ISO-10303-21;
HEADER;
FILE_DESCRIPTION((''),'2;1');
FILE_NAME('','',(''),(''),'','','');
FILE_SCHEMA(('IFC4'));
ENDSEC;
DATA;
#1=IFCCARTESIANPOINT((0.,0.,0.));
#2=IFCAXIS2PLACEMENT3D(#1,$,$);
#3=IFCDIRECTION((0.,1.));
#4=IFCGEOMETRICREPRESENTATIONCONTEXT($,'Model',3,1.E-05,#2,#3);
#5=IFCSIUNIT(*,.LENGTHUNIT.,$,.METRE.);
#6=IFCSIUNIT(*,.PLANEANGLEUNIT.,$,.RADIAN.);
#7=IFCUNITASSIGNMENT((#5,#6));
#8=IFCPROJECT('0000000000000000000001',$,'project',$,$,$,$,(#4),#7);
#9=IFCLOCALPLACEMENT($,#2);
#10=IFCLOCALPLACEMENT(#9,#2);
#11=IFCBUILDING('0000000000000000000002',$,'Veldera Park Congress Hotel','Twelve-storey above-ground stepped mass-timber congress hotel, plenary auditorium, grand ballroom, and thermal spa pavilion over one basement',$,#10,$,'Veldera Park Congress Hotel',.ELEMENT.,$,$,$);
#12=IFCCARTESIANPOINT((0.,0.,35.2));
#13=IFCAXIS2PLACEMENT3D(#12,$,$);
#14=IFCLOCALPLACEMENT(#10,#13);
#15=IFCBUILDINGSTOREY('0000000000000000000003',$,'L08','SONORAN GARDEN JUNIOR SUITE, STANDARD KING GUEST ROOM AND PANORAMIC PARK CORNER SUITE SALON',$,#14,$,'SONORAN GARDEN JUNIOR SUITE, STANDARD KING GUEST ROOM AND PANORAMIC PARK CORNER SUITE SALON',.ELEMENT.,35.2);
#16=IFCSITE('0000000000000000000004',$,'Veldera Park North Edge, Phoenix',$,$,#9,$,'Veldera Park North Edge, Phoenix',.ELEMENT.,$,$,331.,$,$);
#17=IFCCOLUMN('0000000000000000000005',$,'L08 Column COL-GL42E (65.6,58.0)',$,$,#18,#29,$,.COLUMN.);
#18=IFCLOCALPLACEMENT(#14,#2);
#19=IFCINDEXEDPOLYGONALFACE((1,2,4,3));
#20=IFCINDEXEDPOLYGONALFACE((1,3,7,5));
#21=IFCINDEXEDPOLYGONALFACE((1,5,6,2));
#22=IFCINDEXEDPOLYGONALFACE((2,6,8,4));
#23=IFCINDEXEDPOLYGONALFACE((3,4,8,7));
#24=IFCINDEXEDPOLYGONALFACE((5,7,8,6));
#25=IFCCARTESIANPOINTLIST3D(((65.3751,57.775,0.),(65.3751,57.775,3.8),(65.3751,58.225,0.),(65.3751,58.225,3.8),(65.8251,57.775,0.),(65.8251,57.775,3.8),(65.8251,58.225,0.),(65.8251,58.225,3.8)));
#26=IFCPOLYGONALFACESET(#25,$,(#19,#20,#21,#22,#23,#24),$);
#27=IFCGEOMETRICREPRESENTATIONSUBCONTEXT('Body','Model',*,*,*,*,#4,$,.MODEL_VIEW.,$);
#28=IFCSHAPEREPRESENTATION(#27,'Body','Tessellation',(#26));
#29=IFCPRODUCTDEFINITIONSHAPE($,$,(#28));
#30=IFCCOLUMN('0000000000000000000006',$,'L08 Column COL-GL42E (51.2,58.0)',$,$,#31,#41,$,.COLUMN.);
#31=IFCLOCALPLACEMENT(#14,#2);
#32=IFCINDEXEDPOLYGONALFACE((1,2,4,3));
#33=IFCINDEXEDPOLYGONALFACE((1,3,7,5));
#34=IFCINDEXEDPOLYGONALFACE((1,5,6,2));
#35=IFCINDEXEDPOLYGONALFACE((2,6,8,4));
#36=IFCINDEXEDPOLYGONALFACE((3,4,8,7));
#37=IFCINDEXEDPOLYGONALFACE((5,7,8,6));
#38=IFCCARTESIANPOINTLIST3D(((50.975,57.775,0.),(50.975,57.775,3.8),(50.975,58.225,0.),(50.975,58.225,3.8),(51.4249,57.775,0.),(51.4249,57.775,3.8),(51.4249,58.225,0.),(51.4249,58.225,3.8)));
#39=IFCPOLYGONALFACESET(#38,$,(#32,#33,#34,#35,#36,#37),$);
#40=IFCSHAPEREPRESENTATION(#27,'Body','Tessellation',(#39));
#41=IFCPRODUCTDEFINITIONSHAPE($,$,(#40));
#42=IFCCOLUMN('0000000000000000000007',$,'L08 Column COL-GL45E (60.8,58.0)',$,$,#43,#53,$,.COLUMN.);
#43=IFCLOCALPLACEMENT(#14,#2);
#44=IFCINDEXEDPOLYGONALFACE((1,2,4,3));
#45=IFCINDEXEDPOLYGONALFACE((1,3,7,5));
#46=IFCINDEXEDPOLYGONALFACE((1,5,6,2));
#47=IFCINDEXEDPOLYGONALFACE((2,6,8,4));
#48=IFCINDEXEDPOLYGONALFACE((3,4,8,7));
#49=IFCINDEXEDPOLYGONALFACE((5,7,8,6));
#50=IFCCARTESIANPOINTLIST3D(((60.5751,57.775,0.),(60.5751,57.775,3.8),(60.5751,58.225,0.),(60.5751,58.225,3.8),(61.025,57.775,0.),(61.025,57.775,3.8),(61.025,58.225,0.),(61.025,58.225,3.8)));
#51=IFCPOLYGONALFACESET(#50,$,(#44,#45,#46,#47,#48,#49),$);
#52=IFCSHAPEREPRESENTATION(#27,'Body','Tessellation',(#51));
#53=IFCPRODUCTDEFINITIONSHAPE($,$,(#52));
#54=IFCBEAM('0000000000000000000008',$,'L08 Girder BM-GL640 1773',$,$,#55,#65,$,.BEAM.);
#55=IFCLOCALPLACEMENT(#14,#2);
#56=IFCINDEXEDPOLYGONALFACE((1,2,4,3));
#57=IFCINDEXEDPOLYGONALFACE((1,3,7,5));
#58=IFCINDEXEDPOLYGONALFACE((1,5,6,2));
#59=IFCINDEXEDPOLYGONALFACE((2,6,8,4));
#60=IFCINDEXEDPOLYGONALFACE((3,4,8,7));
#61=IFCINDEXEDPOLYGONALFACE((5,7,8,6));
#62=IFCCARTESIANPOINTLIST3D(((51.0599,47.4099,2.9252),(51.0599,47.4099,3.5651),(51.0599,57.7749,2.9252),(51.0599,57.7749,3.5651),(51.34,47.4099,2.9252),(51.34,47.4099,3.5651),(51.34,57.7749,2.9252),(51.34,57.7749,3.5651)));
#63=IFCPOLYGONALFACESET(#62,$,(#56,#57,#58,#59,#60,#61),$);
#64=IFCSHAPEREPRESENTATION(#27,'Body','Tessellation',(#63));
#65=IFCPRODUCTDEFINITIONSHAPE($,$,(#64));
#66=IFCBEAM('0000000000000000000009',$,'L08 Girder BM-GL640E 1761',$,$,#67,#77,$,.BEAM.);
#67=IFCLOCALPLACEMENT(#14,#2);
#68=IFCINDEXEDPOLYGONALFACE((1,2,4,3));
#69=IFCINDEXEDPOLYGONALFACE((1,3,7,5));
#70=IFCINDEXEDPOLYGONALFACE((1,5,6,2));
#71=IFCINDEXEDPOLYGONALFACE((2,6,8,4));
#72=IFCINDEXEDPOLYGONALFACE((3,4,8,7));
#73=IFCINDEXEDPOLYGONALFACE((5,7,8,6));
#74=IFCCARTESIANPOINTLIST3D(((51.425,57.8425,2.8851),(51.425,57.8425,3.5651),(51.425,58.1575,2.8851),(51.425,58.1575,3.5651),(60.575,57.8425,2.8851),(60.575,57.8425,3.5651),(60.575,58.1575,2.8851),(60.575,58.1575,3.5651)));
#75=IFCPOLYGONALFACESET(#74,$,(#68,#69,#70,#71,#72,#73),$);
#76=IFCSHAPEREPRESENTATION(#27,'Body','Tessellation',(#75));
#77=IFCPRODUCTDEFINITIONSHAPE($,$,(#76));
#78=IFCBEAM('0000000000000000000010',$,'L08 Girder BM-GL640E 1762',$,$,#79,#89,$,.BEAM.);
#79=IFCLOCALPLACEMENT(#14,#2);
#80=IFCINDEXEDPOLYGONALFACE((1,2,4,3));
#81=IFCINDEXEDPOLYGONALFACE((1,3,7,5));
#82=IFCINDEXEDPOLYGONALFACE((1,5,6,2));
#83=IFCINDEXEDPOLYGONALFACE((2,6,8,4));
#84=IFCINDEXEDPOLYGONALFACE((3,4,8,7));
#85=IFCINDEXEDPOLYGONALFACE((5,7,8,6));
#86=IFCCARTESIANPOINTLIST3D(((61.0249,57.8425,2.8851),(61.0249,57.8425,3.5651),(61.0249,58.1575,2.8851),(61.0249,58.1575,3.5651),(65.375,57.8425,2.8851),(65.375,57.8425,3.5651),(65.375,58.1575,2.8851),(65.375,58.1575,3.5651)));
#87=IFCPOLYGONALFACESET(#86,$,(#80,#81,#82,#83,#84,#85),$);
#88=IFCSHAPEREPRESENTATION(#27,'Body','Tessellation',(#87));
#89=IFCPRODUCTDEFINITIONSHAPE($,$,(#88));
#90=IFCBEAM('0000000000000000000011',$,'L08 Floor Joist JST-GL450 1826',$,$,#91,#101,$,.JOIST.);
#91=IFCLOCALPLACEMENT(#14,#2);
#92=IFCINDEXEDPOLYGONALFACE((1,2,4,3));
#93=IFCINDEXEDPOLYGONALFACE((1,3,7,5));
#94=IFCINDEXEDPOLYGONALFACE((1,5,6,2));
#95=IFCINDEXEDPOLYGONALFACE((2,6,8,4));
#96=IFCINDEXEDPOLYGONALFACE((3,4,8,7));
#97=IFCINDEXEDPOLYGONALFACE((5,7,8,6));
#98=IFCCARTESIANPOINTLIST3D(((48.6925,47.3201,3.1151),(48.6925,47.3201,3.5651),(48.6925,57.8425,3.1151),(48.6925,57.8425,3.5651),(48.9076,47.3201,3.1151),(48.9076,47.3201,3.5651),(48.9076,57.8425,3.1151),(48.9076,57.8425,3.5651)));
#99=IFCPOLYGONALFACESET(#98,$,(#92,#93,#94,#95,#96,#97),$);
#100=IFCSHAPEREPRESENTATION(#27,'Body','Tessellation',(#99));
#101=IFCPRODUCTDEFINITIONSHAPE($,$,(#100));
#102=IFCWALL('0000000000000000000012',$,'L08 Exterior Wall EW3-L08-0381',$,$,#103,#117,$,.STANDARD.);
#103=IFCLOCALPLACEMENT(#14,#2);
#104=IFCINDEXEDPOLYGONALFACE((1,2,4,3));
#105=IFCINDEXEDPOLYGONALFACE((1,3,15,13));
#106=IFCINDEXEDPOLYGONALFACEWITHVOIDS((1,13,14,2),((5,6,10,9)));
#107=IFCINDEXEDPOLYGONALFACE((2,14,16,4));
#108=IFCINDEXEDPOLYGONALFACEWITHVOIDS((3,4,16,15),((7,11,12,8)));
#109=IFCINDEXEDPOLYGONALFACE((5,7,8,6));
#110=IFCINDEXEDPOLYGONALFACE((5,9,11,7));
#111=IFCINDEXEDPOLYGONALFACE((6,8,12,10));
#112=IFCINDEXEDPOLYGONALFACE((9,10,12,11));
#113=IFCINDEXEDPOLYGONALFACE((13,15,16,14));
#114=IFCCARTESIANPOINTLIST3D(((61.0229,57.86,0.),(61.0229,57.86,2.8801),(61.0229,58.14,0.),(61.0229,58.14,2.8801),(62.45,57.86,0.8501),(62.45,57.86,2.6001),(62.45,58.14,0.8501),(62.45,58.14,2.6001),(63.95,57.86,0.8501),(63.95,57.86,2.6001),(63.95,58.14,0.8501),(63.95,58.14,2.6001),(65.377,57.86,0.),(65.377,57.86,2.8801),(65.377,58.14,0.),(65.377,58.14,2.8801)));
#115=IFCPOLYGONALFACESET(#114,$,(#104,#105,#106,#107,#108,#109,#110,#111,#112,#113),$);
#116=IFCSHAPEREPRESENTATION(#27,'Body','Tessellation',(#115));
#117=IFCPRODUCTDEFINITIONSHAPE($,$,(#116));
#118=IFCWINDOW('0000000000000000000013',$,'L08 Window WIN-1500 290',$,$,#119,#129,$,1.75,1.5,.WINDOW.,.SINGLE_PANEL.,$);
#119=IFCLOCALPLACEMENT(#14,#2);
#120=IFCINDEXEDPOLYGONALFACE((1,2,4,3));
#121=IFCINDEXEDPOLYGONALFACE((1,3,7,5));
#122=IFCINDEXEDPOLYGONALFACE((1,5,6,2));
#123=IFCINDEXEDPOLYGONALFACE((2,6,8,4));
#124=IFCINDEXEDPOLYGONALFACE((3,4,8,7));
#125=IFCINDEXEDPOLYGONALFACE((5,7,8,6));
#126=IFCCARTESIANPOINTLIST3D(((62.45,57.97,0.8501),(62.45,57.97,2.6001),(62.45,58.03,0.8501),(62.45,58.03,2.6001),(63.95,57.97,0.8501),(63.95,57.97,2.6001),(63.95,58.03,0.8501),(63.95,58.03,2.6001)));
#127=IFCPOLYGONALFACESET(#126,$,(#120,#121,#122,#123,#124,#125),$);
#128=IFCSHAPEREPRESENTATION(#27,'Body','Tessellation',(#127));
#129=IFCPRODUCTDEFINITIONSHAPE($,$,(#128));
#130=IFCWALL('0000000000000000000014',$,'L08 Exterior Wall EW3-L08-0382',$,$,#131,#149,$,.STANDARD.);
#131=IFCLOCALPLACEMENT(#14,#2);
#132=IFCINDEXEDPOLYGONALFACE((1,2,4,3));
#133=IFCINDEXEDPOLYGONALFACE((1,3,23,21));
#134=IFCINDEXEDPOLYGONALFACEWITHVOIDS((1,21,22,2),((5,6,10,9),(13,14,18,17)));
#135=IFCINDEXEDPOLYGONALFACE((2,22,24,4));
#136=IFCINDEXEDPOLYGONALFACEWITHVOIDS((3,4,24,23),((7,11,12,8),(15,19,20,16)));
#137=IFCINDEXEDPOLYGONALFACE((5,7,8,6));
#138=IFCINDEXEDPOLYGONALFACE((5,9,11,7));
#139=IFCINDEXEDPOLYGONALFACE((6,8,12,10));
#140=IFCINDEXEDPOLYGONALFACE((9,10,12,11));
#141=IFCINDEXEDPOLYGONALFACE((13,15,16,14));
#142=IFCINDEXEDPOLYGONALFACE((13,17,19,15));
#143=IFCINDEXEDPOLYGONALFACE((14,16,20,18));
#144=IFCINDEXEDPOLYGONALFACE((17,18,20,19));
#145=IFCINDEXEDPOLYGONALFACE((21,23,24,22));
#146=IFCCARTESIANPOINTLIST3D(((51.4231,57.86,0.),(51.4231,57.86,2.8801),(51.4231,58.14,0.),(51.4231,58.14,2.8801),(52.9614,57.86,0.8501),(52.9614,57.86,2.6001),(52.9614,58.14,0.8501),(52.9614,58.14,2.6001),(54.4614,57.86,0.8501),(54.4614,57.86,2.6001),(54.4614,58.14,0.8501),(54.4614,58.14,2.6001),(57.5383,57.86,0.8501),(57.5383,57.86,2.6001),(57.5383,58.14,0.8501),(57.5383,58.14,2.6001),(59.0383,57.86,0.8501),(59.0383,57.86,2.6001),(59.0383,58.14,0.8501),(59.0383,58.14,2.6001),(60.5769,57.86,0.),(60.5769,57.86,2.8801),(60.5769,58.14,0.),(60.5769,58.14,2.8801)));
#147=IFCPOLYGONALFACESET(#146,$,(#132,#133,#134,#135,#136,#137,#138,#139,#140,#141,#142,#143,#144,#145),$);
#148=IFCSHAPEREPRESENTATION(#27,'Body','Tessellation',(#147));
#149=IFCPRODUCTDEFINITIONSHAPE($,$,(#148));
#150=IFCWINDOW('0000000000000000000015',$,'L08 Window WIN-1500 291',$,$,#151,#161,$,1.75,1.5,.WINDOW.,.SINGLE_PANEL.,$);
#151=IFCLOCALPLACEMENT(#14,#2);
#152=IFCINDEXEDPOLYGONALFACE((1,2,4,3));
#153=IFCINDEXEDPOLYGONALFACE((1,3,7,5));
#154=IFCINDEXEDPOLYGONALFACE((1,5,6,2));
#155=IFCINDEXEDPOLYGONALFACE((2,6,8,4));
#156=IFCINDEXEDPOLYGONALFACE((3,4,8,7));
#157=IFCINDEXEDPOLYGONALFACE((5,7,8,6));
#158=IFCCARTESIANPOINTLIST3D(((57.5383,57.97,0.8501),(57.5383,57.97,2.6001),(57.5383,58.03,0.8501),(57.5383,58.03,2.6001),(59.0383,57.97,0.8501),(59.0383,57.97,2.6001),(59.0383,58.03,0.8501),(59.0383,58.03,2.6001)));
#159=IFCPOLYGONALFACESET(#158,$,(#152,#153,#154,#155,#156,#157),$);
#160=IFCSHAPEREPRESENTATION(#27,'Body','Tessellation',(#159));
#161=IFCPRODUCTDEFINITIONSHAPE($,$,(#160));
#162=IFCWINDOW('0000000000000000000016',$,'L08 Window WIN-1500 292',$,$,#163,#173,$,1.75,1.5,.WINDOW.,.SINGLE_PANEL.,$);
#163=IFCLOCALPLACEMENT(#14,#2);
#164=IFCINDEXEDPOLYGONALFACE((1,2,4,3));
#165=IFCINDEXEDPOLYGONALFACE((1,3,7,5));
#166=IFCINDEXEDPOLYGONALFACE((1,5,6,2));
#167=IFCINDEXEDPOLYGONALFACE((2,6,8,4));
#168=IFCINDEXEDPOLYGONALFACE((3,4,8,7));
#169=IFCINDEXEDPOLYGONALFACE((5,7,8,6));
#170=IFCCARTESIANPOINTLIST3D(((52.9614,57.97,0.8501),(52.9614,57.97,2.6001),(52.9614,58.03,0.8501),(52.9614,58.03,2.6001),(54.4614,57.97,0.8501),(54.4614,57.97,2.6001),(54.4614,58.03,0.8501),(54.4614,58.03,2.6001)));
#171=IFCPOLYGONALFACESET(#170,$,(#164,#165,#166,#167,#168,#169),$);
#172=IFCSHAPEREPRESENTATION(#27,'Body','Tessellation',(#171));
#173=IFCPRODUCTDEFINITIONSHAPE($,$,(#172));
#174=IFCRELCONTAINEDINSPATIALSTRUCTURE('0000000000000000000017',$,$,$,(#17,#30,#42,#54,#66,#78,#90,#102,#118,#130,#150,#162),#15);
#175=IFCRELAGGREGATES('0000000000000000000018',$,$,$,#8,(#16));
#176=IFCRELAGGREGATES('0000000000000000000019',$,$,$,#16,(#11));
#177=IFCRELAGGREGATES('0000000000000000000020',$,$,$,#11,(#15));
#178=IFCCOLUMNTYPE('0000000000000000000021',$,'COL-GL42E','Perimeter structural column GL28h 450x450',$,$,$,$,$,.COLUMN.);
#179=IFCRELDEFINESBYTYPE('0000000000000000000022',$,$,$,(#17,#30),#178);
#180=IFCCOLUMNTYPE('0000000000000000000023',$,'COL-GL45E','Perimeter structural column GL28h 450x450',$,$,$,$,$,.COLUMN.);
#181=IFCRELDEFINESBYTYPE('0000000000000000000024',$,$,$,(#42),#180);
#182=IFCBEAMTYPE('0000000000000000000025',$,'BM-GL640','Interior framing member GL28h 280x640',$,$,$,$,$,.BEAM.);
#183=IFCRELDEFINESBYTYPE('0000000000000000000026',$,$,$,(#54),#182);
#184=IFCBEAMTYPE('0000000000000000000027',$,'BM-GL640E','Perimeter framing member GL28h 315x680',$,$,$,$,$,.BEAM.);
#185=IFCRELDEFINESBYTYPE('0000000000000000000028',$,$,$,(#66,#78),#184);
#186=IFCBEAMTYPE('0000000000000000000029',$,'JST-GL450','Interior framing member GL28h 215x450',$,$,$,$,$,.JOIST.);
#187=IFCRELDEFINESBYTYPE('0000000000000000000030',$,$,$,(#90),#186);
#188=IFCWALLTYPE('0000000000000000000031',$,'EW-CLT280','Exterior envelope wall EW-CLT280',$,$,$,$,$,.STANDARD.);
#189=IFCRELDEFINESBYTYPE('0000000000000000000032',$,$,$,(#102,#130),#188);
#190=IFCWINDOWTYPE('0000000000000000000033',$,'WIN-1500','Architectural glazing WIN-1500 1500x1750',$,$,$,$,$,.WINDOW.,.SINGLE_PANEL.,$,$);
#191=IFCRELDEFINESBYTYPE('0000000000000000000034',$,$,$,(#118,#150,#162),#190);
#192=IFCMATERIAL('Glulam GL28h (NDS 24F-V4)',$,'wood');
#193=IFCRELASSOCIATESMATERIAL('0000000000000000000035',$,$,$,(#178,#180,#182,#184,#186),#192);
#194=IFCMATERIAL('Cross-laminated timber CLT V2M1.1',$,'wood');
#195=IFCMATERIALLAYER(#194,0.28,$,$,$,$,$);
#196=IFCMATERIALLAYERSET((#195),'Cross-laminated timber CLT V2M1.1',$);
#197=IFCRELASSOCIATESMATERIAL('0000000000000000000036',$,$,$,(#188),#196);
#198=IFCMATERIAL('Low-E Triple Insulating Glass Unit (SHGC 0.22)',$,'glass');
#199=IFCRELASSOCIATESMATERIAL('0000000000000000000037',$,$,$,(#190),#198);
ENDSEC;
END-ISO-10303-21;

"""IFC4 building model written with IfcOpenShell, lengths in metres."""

from ifc_helpers import new_model, si_unit, direction, frame, frame_2d, origin, origin_2d, place, context, subcontext, project, spatial, rectangle, extrude, material, layer, layer_set, material_profile, profile_set, type_object, element, fill, save


model = new_model("IFC4")

# Units and contexts
model_context = context("Model", 3, precision=1e-05, world=origin(), true_north=direction((0.0, 1.0)))
body_context = subcontext(model_context, "Body", "Model", "MODEL_VIEW")
ifc_project = project(units=[si_unit("LENGTHUNIT", "METRE"), si_unit("PLANEANGLEUNIT", "RADIAN")], contexts=[model_context])

# Site, building, storey
site_placement = place(None, origin())
site = spatial("IfcSite", under=ifc_project, at=site_placement, Name="Veldera Park North Edge, Phoenix", LongName="Veldera Park North Edge, Phoenix", CompositionType="ELEMENT", RefElevation=331.0)
building_placement = place(site_placement, origin())
building = spatial("IfcBuilding", under=site, at=building_placement, Name="Veldera Park Congress Hotel", Description="Twelve-storey above-ground stepped mass-timber congress hotel, plenary auditorium, grand ballroom, and thermal spa pavilion over one basement", LongName="Veldera Park Congress Hotel", CompositionType="ELEMENT")
storey_placement = place(building_placement, frame((0.0, 0.0, 35.2)))
storey = spatial("IfcBuildingStorey", under=building, at=storey_placement, Name="L08", Description="SONORAN GARDEN JUNIOR SUITE, STANDARD KING GUEST ROOM AND PANORAMIC PARK CORNER SUITE SALON", LongName="SONORAN GARDEN JUNIOR SUITE, STANDARD KING GUEST ROOM AND PANORAMIC PARK CORNER SUITE SALON", CompositionType="ELEMENT", Elevation=35.2)

# Columns
ifc_material_1 = material(Name="Glulam GL28h (NDS 24F-V4)", Category="wood")
ifc_material_profile_1 = material_profile(ifc_material_1, rectangle(XDim=0.45, YDim=0.45, at=origin_2d()), Name="GL28h 450x450")
ifc_profile_set_1 = profile_set([ifc_material_profile_1], Name="Glulam GL28h (NDS 24F-V4)")
column_type_1 = type_object("IfcColumnType", Name="COL-GL42E", Description="Perimeter structural column GL28h 450x450", PredefinedType="COLUMN", material=ifc_profile_set_1)
for number, where, z_axis, x_axis, name in (
    (1, (65.6001, 58.0, 0.0), (0.0, 0.0, 1.0), (1.0, 0.0, 0.0), "L08 Column COL-GL42E (65.6,58.0)"),
    (2, (51.2, 58.0, 0.0), (0.0, 0.0, 1.0), (1.0, 0.0, 0.0), "L08 Column COL-GL42E (51.2,58.0)"),
):
    element("IfcColumn", number, at=place(storey_placement, frame(where, z_axis=z_axis, x_axis=x_axis)), inside=storey, type_object=column_type_1, Name=name, PredefinedType="COLUMN", context=body_context, shape_type="SweptSolid", body=[
        extrude(rectangle(XDim=0.45, YDim=0.45, at=origin_2d()), origin(), (0.0, 0.0, 1.0), 3.8),
    ])
ifc_material_profile_2 = material_profile(ifc_material_1, rectangle(XDim=0.45, YDim=0.45, at=origin_2d()), Name="GL28h 450x450")
ifc_profile_set_2 = profile_set([ifc_material_profile_2], Name="Glulam GL28h (NDS 24F-V4)")
column_type_2 = type_object("IfcColumnType", Name="COL-GL45E", Description="Perimeter structural column GL28h 450x450", PredefinedType="COLUMN", material=ifc_profile_set_2)
column_placement = place(storey_placement, frame((60.8, 58.0, 0.0), z_axis=(0.0, 0.0, 1.0), x_axis=(1.0, 0.0, 0.0)))
element("IfcColumn", 3, at=column_placement, inside=storey, type_object=column_type_2, Name="L08 Column COL-GL45E (60.8,58.0)", PredefinedType="COLUMN", context=body_context, shape_type="SweptSolid", body=[
    extrude(rectangle(XDim=0.45, YDim=0.45, at=origin_2d()), origin(), (0.0, 0.0, 1.0), 3.8),
])

# Beams
ifc_material_profile_3 = material_profile(ifc_material_1, rectangle(XDim=0.28, YDim=0.6399, at=origin_2d()), Name="GL28h 280x640")
ifc_profile_set_3 = profile_set([ifc_material_profile_3], Name="Glulam GL28h (NDS 24F-V4)")
beam_type_1 = type_object("IfcBeamType", Name="BM-GL640", Description="Interior framing member GL28h 280x640", PredefinedType="BEAM", material=ifc_profile_set_3)
beam_1_placement = place(storey_placement, frame((51.2, 47.4099, 3.2451), z_axis=(0.0, 1.0, 0.0), x_axis=(-1.0, 0.0, 0.0)))
element("IfcBeam", 4, at=beam_1_placement, inside=storey, type_object=beam_type_1, Name="L08 Girder BM-GL640 1773", PredefinedType="BEAM", context=body_context, shape_type="SweptSolid", body=[
    extrude(rectangle(XDim=0.28, YDim=0.6399, at=origin_2d()), origin(), (0.0, 0.0, 1.0), 10.365),
])
ifc_material_profile_4 = material_profile(ifc_material_1, rectangle(XDim=0.3149, YDim=0.6799, at=origin_2d()), Name="GL28h 315x680")
ifc_profile_set_4 = profile_set([ifc_material_profile_4], Name="Glulam GL28h (NDS 24F-V4)")
beam_type_2 = type_object("IfcBeamType", Name="BM-GL640E", Description="Perimeter framing member GL28h 315x680", PredefinedType="BEAM", material=ifc_profile_set_4)
beam_2_placement = place(storey_placement, frame((51.425, 58.0, 3.2251), z_axis=(1.0, 0.0, 0.0), x_axis=(0.0, 1.0, 0.0)))
element("IfcBeam", 5, at=beam_2_placement, inside=storey, type_object=beam_type_2, Name="L08 Girder BM-GL640E 1761", PredefinedType="BEAM", context=body_context, shape_type="SweptSolid", body=[
    extrude(rectangle(XDim=0.3149, YDim=0.6799, at=origin_2d()), origin(), (0.0, 0.0, 1.0), 9.1499),
])
beam_3_placement = place(storey_placement, frame((61.0249, 58.0, 3.2251), z_axis=(1.0, 0.0, 0.0), x_axis=(0.0, 1.0, 0.0)))
element("IfcBeam", 6, at=beam_3_placement, inside=storey, type_object=beam_type_2, Name="L08 Girder BM-GL640E 1762", PredefinedType="BEAM", context=body_context, shape_type="SweptSolid", body=[
    extrude(rectangle(XDim=0.3149, YDim=0.6799, at=origin_2d()), origin(), (0.0, 0.0, 1.0), 4.3501),
])
ifc_material_profile_5 = material_profile(ifc_material_1, rectangle(XDim=0.2151, YDim=0.45, at=origin_2d()), Name="GL28h 215x450")
ifc_profile_set_5 = profile_set([ifc_material_profile_5], Name="Glulam GL28h (NDS 24F-V4)")
beam_type_3 = type_object("IfcBeamType", Name="JST-GL450", Description="Interior framing member GL28h 215x450", PredefinedType="JOIST", material=ifc_profile_set_5)
beam_4_placement = place(storey_placement, frame((48.8, 47.3201, 3.3401), z_axis=(0.0, 1.0, 0.0), x_axis=(-1.0, 0.0, 0.0)))
element("IfcBeam", 7, at=beam_4_placement, inside=storey, type_object=beam_type_3, Name="L08 Floor Joist JST-GL450 1826", PredefinedType="JOIST", context=body_context, shape_type="SweptSolid", body=[
    extrude(rectangle(XDim=0.2151, YDim=0.45, at=origin_2d()), origin(), (0.0, 0.0, 1.0), 10.5225),
])

# Wall, opening, window
ifc_material_2 = material(Name="Cross-laminated timber CLT V2M1.1", Category="wood")
ifc_layer_1 = layer(ifc_material_2, 0.28)
ifc_layer_set_1 = layer_set([ifc_layer_1], Name="Cross-laminated timber CLT V2M1.1")
wall_type_1 = type_object("IfcWallType", Name="EW-CLT280", Description="Exterior envelope wall EW-CLT280", PredefinedType="STANDARD", material=ifc_layer_set_1)
wall_1_placement = place(storey_placement, frame((65.377, 58.0, 0.0), z_axis=(0.0, 0.0, 1.0), x_axis=(-1.0, 0.0, 0.0)))
wall_1 = element("IfcWall", 8, at=wall_1_placement, inside=storey, type_object=wall_type_1, Name="L08 Exterior Wall EW3-L08-0381", PredefinedType="STANDARD", context=body_context, shape_type="SweptSolid", body=[
    extrude(rectangle(XDim=4.354, YDim=0.28, at=frame_2d((2.177, 0.0))), origin(), (0.0, 0.0, 1.0), 2.8801),
])
opening_1_placement = place(wall_1_placement, frame((1.427, 0.0, 0.8501)))
opening_1 = element("IfcOpeningElement", 9, at=opening_1_placement, cuts=wall_1, PredefinedType="OPENING", context=body_context, shape_type="SweptSolid", body=[
    extrude(rectangle(XDim=1.5, YDim=1.75, at=frame_2d((0.75, 0.875))), frame((0.0, 0.1521, 0.0), z_axis=(0.0, -1.0, 0.0), x_axis=(1.0, 0.0, 0.0)), (0.0, 0.0, 1.0), 0.304),
])
ifc_material_3 = material(Name="Low-E Triple Insulating Glass Unit (SHGC 0.22)", Category="glass")
window_type = type_object("IfcWindowType", Name="WIN-1500", Description="Architectural glazing WIN-1500 1500x1750", PartitioningType="SINGLE_PANEL", PredefinedType="WINDOW", material=ifc_material_3)
window_1_placement = place(opening_1_placement, origin())
window_1 = element("IfcWindow", 10, at=window_1_placement, inside=storey, type_object=window_type, Name="L08 Window WIN-1500 290", OverallHeight=1.75, OverallWidth=1.5, PartitioningType="SINGLE_PANEL", PredefinedType="WINDOW", context=body_context, shape_type="SweptSolid", body=[
    extrude(rectangle(XDim=1.5, YDim=1.75, at=frame_2d((0.75, 0.875))), frame((0.0, 0.03, 0.0), z_axis=(0.0, -1.0, 0.0), x_axis=(1.0, 0.0, 0.0)), (0.0, 0.0, 1.0), 0.0601),
])
fill(opening_1, window_1)

# Wall, openings, windows
wall_2_placement = place(storey_placement, frame((60.5769, 58.0, 0.0), z_axis=(0.0, 0.0, 1.0), x_axis=(-1.0, 0.0, 0.0)))
wall_2 = element("IfcWall", 11, at=wall_2_placement, inside=storey, type_object=wall_type_1, Name="L08 Exterior Wall EW3-L08-0382", PredefinedType="STANDARD", context=body_context, shape_type="SweptSolid", body=[
    extrude(rectangle(XDim=9.1538, YDim=0.28, at=frame_2d((4.5769, 0.0))), origin(), (0.0, 0.0, 1.0), 2.8801),
])
opening_2_placement = place(wall_2_placement, frame((1.5386, 0.0, 0.8501)))
opening_2 = element("IfcOpeningElement", 12, at=opening_2_placement, cuts=wall_2, PredefinedType="OPENING", context=body_context, shape_type="SweptSolid", body=[
    extrude(rectangle(XDim=1.5, YDim=1.75, at=frame_2d((0.75, 0.875))), frame((0.0, 0.1521, 0.0), z_axis=(0.0, -1.0, 0.0), x_axis=(1.0, 0.0, 0.0)), (0.0, 0.0, 1.0), 0.304),
])
opening_3_placement = place(wall_2_placement, frame((6.1155, 0.0, 0.8501)))
opening_3 = element("IfcOpeningElement", 13, at=opening_3_placement, cuts=wall_2, PredefinedType="OPENING", context=body_context, shape_type="SweptSolid", body=[
    extrude(rectangle(XDim=1.5, YDim=1.75, at=frame_2d((0.75, 0.875))), frame((0.0, 0.1521, 0.0), z_axis=(0.0, -1.0, 0.0), x_axis=(1.0, 0.0, 0.0)), (0.0, 0.0, 1.0), 0.304),
])
window_2_placement = place(opening_2_placement, origin())
window_2 = element("IfcWindow", 14, at=window_2_placement, inside=storey, type_object=window_type, Name="L08 Window WIN-1500 291", OverallHeight=1.75, OverallWidth=1.5, PartitioningType="SINGLE_PANEL", PredefinedType="WINDOW", context=body_context, shape_type="SweptSolid", body=[
    extrude(rectangle(XDim=1.5, YDim=1.75, at=frame_2d((0.75, 0.875))), frame((0.0, 0.03, 0.0), z_axis=(0.0, -1.0, 0.0), x_axis=(1.0, 0.0, 0.0)), (0.0, 0.0, 1.0), 0.0601),
])
fill(opening_2, window_2)
window_3_placement = place(opening_3_placement, origin())
window_3 = element("IfcWindow", 15, at=window_3_placement, inside=storey, type_object=window_type, Name="L08 Window WIN-1500 292", OverallHeight=1.75, OverallWidth=1.5, PartitioningType="SINGLE_PANEL", PredefinedType="WINDOW", context=body_context, shape_type="SweptSolid", body=[
    extrude(rectangle(XDim=1.5, YDim=1.75, at=frame_2d((0.75, 0.875))), frame((0.0, 0.03, 0.0), z_axis=(0.0, -1.0, 0.0), x_axis=(1.0, 0.0, 0.0)), (0.0, 0.0, 1.0), 0.0601),
])
fill(opening_3, window_3)

save(model, "model.ifc")
